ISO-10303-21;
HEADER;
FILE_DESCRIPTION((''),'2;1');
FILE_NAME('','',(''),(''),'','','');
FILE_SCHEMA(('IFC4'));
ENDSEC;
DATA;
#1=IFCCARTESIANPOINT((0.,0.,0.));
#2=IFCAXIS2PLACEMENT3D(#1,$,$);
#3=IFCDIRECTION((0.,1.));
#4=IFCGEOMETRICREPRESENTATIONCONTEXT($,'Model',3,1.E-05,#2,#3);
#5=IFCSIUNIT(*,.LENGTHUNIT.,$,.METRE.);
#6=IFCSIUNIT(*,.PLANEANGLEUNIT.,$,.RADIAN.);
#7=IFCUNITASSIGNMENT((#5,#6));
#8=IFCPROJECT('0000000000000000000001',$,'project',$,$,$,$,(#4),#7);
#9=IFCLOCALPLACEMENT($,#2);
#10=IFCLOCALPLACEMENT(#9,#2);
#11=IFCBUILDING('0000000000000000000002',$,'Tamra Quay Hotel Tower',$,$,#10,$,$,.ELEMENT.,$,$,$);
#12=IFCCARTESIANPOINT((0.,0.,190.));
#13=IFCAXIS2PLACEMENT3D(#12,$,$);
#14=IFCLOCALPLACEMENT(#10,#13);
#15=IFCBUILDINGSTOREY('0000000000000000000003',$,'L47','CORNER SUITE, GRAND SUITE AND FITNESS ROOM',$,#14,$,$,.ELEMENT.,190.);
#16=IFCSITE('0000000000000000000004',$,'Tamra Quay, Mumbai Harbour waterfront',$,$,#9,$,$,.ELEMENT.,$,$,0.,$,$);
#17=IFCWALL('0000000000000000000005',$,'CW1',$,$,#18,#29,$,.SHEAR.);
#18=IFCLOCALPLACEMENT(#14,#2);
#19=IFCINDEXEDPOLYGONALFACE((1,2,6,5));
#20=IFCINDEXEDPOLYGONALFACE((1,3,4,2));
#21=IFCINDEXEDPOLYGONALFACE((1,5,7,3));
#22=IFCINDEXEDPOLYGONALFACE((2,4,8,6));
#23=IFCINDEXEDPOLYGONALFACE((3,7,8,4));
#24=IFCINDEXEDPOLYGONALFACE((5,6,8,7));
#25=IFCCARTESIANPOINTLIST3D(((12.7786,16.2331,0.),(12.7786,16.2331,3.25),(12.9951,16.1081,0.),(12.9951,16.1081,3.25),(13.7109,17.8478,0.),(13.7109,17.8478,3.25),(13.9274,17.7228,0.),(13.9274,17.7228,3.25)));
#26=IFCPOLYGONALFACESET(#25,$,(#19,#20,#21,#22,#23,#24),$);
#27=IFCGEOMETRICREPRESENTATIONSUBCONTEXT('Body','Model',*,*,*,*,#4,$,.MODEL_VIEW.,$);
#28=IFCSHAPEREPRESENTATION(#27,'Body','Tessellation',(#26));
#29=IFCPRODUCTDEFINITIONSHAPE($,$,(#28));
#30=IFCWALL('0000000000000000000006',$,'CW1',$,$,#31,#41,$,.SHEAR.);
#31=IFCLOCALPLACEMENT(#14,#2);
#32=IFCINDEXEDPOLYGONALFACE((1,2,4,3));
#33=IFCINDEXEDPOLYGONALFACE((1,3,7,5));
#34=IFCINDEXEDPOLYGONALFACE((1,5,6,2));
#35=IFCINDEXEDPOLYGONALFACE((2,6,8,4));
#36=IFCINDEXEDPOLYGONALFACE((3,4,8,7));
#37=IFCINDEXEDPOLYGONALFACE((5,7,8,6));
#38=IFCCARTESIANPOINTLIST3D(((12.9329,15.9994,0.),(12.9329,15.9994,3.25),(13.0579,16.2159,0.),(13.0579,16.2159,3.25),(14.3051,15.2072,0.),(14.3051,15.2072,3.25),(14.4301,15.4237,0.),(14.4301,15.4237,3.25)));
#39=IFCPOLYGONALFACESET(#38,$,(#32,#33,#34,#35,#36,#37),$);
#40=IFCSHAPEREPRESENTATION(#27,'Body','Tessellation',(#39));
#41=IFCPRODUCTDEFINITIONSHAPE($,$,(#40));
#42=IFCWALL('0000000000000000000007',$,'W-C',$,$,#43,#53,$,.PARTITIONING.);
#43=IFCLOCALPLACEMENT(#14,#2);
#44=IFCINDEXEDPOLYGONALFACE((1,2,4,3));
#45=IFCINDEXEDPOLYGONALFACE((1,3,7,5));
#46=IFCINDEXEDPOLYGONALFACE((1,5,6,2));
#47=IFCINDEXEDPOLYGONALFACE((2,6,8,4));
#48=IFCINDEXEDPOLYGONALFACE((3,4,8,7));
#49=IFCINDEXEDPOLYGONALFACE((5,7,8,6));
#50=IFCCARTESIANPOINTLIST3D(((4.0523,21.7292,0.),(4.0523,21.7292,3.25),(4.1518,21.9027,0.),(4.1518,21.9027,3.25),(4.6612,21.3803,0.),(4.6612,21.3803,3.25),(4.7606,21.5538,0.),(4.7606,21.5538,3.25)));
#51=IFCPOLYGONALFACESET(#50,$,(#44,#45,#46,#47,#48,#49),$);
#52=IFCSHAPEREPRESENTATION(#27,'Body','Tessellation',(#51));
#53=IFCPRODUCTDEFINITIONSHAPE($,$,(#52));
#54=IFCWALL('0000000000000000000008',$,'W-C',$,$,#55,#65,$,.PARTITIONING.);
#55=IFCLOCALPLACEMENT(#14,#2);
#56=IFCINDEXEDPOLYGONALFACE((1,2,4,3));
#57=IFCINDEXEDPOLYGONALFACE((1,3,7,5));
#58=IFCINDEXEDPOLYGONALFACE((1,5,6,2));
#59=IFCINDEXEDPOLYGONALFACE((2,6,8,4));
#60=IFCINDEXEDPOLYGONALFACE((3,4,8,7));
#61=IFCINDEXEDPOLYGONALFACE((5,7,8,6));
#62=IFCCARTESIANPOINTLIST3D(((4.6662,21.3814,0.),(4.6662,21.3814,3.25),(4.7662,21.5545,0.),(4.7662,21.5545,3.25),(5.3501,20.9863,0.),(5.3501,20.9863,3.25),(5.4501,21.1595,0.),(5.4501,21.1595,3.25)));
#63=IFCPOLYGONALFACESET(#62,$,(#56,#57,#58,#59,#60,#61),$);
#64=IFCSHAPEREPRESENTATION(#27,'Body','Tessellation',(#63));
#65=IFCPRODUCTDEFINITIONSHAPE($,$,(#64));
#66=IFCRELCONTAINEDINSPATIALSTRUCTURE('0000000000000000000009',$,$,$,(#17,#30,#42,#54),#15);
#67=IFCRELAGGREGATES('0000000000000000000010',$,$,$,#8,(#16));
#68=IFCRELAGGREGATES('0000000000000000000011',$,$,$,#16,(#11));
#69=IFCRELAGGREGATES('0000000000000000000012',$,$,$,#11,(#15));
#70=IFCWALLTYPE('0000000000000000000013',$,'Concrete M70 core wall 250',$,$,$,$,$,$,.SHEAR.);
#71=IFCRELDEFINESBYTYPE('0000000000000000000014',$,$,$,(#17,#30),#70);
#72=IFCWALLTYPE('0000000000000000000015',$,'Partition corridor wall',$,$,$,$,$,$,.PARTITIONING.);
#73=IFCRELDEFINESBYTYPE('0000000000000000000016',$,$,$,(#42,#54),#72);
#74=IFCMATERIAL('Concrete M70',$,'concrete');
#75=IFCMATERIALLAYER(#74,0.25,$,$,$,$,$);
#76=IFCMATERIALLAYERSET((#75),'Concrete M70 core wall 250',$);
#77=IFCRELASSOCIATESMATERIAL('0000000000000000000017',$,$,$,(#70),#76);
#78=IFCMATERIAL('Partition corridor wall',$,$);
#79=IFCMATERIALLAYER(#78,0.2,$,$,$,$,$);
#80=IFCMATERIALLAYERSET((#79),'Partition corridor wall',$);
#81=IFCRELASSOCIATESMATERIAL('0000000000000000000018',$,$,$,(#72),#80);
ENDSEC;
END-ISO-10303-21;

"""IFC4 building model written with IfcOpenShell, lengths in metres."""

from ifc_helpers import new_model, si_unit, direction, frame, frame_2d, origin, place, context, subcontext, project, spatial, rectangle, extrude, material, layer, layer_set, type_object, element, save


model = new_model("IFC4")

# Units and contexts
model_context = context("Model", 3, precision=1e-05, world=origin(), true_north=direction((0.0, 1.0)))
body_context = subcontext(model_context, "Body", "Model", "MODEL_VIEW")
ifc_project = project(units=[si_unit("LENGTHUNIT", "METRE"), si_unit("PLANEANGLEUNIT", "RADIAN")], contexts=[model_context])

# Site, building, storey
site_placement = place(None, origin())
site = spatial("IfcSite", under=ifc_project, at=site_placement, Name="Tamra Quay, Mumbai Harbour waterfront", CompositionType="ELEMENT", RefElevation=0.0)
building_placement = place(site_placement, origin())
building = spatial("IfcBuilding", under=site, at=building_placement, Name="Tamra Quay Hotel Tower", CompositionType="ELEMENT")
storey_placement = place(building_placement, frame((0.0, 0.0, 190.0)))
storey = spatial("IfcBuildingStorey", under=building, at=storey_placement, Name="L47", Description="CORNER SUITE, GRAND SUITE AND FITNESS ROOM", CompositionType="ELEMENT", Elevation=190.0)

# Shared definitions
ifc_material_1 = material(Name="Concrete M70", Category="concrete")

# Walls
ifc_layer_1 = layer(ifc_material_1, 0.25)
ifc_layer_set_1 = layer_set([ifc_layer_1], Name="Concrete M70 core wall 250")
wall_type_1 = type_object("IfcWallType", Name="Concrete M70 core wall 250", PredefinedType="SHEAR", material=ifc_layer_set_1)
wall_1_placement = place(storey_placement, frame((13.8191, 17.7852, 0.0), z_axis=(0.0, 0.0, 1.0), x_axis=(-0.50004, -0.866002, 0.0)))
element("IfcWall", 1, at=wall_1_placement, inside=storey, type_object=wall_type_1, Name="CW1", PredefinedType="SHEAR", context=body_context, shape_type="SweptSolid", body=[
    extrude(rectangle(XDim=1.8645, YDim=0.25, at=frame_2d((0.9321, 0.0))), origin(), (0.0, 0.0, 1.0), 3.25),
])
wall_2_placement = place(storey_placement, frame((12.9954, 16.1077, 0.0), z_axis=(0.0, 0.0, 1.0), x_axis=(0.866044, -0.499967, 0.0)))
element("IfcWall", 2, at=wall_2_placement, inside=storey, type_object=wall_type_1, Name="CW1", PredefinedType="SHEAR", context=body_context, shape_type="SweptSolid", body=[
    extrude(rectangle(XDim=1.5845, YDim=0.25, at=frame_2d((0.7922, 0.0))), origin(), (0.0, 0.0, 1.0), 3.25),
])
ifc_material_2 = material(Name="Partition corridor wall")
ifc_layer_2 = layer(ifc_material_2, 0.2)
ifc_layer_set_2 = layer_set([ifc_layer_2], Name="Partition corridor wall")
wall_type_2 = type_object("IfcWallType", Name="Partition corridor wall", PredefinedType="PARTITIONING", material=ifc_layer_set_2)
wall_3_placement = place(storey_placement, frame((4.1021, 21.8159, 0.0), z_axis=(0.0, 0.0, 1.0), x_axis=(0.867665, -0.49715, 0.0)))
element("IfcWall", 3, at=wall_3_placement, inside=storey, type_object=wall_type_2, Name="W-C", PredefinedType="PARTITIONING", context=body_context, shape_type="SweptSolid", body=[
    extrude(rectangle(XDim=0.7017, YDim=0.2, at=frame_2d((0.3508, 0.0))), origin(), (0.0, 0.0, 1.0), 3.25),
])
wall_4_placement = place(storey_placement, frame((4.7161, 21.468, 0.0), z_axis=(0.0, 0.0, 1.0), x_axis=(0.865913, -0.500195, 0.0)))
element("IfcWall", 4, at=wall_4_placement, inside=storey, type_object=wall_type_2, Name="W-C", PredefinedType="PARTITIONING", context=body_context, shape_type="SweptSolid", body=[
    extrude(rectangle(XDim=0.7898, YDim=0.2, at=frame_2d((0.395, 0.0))), origin(), (0.0, 0.0, 1.0), 3.25),
])

save(model, "model.ifc")
